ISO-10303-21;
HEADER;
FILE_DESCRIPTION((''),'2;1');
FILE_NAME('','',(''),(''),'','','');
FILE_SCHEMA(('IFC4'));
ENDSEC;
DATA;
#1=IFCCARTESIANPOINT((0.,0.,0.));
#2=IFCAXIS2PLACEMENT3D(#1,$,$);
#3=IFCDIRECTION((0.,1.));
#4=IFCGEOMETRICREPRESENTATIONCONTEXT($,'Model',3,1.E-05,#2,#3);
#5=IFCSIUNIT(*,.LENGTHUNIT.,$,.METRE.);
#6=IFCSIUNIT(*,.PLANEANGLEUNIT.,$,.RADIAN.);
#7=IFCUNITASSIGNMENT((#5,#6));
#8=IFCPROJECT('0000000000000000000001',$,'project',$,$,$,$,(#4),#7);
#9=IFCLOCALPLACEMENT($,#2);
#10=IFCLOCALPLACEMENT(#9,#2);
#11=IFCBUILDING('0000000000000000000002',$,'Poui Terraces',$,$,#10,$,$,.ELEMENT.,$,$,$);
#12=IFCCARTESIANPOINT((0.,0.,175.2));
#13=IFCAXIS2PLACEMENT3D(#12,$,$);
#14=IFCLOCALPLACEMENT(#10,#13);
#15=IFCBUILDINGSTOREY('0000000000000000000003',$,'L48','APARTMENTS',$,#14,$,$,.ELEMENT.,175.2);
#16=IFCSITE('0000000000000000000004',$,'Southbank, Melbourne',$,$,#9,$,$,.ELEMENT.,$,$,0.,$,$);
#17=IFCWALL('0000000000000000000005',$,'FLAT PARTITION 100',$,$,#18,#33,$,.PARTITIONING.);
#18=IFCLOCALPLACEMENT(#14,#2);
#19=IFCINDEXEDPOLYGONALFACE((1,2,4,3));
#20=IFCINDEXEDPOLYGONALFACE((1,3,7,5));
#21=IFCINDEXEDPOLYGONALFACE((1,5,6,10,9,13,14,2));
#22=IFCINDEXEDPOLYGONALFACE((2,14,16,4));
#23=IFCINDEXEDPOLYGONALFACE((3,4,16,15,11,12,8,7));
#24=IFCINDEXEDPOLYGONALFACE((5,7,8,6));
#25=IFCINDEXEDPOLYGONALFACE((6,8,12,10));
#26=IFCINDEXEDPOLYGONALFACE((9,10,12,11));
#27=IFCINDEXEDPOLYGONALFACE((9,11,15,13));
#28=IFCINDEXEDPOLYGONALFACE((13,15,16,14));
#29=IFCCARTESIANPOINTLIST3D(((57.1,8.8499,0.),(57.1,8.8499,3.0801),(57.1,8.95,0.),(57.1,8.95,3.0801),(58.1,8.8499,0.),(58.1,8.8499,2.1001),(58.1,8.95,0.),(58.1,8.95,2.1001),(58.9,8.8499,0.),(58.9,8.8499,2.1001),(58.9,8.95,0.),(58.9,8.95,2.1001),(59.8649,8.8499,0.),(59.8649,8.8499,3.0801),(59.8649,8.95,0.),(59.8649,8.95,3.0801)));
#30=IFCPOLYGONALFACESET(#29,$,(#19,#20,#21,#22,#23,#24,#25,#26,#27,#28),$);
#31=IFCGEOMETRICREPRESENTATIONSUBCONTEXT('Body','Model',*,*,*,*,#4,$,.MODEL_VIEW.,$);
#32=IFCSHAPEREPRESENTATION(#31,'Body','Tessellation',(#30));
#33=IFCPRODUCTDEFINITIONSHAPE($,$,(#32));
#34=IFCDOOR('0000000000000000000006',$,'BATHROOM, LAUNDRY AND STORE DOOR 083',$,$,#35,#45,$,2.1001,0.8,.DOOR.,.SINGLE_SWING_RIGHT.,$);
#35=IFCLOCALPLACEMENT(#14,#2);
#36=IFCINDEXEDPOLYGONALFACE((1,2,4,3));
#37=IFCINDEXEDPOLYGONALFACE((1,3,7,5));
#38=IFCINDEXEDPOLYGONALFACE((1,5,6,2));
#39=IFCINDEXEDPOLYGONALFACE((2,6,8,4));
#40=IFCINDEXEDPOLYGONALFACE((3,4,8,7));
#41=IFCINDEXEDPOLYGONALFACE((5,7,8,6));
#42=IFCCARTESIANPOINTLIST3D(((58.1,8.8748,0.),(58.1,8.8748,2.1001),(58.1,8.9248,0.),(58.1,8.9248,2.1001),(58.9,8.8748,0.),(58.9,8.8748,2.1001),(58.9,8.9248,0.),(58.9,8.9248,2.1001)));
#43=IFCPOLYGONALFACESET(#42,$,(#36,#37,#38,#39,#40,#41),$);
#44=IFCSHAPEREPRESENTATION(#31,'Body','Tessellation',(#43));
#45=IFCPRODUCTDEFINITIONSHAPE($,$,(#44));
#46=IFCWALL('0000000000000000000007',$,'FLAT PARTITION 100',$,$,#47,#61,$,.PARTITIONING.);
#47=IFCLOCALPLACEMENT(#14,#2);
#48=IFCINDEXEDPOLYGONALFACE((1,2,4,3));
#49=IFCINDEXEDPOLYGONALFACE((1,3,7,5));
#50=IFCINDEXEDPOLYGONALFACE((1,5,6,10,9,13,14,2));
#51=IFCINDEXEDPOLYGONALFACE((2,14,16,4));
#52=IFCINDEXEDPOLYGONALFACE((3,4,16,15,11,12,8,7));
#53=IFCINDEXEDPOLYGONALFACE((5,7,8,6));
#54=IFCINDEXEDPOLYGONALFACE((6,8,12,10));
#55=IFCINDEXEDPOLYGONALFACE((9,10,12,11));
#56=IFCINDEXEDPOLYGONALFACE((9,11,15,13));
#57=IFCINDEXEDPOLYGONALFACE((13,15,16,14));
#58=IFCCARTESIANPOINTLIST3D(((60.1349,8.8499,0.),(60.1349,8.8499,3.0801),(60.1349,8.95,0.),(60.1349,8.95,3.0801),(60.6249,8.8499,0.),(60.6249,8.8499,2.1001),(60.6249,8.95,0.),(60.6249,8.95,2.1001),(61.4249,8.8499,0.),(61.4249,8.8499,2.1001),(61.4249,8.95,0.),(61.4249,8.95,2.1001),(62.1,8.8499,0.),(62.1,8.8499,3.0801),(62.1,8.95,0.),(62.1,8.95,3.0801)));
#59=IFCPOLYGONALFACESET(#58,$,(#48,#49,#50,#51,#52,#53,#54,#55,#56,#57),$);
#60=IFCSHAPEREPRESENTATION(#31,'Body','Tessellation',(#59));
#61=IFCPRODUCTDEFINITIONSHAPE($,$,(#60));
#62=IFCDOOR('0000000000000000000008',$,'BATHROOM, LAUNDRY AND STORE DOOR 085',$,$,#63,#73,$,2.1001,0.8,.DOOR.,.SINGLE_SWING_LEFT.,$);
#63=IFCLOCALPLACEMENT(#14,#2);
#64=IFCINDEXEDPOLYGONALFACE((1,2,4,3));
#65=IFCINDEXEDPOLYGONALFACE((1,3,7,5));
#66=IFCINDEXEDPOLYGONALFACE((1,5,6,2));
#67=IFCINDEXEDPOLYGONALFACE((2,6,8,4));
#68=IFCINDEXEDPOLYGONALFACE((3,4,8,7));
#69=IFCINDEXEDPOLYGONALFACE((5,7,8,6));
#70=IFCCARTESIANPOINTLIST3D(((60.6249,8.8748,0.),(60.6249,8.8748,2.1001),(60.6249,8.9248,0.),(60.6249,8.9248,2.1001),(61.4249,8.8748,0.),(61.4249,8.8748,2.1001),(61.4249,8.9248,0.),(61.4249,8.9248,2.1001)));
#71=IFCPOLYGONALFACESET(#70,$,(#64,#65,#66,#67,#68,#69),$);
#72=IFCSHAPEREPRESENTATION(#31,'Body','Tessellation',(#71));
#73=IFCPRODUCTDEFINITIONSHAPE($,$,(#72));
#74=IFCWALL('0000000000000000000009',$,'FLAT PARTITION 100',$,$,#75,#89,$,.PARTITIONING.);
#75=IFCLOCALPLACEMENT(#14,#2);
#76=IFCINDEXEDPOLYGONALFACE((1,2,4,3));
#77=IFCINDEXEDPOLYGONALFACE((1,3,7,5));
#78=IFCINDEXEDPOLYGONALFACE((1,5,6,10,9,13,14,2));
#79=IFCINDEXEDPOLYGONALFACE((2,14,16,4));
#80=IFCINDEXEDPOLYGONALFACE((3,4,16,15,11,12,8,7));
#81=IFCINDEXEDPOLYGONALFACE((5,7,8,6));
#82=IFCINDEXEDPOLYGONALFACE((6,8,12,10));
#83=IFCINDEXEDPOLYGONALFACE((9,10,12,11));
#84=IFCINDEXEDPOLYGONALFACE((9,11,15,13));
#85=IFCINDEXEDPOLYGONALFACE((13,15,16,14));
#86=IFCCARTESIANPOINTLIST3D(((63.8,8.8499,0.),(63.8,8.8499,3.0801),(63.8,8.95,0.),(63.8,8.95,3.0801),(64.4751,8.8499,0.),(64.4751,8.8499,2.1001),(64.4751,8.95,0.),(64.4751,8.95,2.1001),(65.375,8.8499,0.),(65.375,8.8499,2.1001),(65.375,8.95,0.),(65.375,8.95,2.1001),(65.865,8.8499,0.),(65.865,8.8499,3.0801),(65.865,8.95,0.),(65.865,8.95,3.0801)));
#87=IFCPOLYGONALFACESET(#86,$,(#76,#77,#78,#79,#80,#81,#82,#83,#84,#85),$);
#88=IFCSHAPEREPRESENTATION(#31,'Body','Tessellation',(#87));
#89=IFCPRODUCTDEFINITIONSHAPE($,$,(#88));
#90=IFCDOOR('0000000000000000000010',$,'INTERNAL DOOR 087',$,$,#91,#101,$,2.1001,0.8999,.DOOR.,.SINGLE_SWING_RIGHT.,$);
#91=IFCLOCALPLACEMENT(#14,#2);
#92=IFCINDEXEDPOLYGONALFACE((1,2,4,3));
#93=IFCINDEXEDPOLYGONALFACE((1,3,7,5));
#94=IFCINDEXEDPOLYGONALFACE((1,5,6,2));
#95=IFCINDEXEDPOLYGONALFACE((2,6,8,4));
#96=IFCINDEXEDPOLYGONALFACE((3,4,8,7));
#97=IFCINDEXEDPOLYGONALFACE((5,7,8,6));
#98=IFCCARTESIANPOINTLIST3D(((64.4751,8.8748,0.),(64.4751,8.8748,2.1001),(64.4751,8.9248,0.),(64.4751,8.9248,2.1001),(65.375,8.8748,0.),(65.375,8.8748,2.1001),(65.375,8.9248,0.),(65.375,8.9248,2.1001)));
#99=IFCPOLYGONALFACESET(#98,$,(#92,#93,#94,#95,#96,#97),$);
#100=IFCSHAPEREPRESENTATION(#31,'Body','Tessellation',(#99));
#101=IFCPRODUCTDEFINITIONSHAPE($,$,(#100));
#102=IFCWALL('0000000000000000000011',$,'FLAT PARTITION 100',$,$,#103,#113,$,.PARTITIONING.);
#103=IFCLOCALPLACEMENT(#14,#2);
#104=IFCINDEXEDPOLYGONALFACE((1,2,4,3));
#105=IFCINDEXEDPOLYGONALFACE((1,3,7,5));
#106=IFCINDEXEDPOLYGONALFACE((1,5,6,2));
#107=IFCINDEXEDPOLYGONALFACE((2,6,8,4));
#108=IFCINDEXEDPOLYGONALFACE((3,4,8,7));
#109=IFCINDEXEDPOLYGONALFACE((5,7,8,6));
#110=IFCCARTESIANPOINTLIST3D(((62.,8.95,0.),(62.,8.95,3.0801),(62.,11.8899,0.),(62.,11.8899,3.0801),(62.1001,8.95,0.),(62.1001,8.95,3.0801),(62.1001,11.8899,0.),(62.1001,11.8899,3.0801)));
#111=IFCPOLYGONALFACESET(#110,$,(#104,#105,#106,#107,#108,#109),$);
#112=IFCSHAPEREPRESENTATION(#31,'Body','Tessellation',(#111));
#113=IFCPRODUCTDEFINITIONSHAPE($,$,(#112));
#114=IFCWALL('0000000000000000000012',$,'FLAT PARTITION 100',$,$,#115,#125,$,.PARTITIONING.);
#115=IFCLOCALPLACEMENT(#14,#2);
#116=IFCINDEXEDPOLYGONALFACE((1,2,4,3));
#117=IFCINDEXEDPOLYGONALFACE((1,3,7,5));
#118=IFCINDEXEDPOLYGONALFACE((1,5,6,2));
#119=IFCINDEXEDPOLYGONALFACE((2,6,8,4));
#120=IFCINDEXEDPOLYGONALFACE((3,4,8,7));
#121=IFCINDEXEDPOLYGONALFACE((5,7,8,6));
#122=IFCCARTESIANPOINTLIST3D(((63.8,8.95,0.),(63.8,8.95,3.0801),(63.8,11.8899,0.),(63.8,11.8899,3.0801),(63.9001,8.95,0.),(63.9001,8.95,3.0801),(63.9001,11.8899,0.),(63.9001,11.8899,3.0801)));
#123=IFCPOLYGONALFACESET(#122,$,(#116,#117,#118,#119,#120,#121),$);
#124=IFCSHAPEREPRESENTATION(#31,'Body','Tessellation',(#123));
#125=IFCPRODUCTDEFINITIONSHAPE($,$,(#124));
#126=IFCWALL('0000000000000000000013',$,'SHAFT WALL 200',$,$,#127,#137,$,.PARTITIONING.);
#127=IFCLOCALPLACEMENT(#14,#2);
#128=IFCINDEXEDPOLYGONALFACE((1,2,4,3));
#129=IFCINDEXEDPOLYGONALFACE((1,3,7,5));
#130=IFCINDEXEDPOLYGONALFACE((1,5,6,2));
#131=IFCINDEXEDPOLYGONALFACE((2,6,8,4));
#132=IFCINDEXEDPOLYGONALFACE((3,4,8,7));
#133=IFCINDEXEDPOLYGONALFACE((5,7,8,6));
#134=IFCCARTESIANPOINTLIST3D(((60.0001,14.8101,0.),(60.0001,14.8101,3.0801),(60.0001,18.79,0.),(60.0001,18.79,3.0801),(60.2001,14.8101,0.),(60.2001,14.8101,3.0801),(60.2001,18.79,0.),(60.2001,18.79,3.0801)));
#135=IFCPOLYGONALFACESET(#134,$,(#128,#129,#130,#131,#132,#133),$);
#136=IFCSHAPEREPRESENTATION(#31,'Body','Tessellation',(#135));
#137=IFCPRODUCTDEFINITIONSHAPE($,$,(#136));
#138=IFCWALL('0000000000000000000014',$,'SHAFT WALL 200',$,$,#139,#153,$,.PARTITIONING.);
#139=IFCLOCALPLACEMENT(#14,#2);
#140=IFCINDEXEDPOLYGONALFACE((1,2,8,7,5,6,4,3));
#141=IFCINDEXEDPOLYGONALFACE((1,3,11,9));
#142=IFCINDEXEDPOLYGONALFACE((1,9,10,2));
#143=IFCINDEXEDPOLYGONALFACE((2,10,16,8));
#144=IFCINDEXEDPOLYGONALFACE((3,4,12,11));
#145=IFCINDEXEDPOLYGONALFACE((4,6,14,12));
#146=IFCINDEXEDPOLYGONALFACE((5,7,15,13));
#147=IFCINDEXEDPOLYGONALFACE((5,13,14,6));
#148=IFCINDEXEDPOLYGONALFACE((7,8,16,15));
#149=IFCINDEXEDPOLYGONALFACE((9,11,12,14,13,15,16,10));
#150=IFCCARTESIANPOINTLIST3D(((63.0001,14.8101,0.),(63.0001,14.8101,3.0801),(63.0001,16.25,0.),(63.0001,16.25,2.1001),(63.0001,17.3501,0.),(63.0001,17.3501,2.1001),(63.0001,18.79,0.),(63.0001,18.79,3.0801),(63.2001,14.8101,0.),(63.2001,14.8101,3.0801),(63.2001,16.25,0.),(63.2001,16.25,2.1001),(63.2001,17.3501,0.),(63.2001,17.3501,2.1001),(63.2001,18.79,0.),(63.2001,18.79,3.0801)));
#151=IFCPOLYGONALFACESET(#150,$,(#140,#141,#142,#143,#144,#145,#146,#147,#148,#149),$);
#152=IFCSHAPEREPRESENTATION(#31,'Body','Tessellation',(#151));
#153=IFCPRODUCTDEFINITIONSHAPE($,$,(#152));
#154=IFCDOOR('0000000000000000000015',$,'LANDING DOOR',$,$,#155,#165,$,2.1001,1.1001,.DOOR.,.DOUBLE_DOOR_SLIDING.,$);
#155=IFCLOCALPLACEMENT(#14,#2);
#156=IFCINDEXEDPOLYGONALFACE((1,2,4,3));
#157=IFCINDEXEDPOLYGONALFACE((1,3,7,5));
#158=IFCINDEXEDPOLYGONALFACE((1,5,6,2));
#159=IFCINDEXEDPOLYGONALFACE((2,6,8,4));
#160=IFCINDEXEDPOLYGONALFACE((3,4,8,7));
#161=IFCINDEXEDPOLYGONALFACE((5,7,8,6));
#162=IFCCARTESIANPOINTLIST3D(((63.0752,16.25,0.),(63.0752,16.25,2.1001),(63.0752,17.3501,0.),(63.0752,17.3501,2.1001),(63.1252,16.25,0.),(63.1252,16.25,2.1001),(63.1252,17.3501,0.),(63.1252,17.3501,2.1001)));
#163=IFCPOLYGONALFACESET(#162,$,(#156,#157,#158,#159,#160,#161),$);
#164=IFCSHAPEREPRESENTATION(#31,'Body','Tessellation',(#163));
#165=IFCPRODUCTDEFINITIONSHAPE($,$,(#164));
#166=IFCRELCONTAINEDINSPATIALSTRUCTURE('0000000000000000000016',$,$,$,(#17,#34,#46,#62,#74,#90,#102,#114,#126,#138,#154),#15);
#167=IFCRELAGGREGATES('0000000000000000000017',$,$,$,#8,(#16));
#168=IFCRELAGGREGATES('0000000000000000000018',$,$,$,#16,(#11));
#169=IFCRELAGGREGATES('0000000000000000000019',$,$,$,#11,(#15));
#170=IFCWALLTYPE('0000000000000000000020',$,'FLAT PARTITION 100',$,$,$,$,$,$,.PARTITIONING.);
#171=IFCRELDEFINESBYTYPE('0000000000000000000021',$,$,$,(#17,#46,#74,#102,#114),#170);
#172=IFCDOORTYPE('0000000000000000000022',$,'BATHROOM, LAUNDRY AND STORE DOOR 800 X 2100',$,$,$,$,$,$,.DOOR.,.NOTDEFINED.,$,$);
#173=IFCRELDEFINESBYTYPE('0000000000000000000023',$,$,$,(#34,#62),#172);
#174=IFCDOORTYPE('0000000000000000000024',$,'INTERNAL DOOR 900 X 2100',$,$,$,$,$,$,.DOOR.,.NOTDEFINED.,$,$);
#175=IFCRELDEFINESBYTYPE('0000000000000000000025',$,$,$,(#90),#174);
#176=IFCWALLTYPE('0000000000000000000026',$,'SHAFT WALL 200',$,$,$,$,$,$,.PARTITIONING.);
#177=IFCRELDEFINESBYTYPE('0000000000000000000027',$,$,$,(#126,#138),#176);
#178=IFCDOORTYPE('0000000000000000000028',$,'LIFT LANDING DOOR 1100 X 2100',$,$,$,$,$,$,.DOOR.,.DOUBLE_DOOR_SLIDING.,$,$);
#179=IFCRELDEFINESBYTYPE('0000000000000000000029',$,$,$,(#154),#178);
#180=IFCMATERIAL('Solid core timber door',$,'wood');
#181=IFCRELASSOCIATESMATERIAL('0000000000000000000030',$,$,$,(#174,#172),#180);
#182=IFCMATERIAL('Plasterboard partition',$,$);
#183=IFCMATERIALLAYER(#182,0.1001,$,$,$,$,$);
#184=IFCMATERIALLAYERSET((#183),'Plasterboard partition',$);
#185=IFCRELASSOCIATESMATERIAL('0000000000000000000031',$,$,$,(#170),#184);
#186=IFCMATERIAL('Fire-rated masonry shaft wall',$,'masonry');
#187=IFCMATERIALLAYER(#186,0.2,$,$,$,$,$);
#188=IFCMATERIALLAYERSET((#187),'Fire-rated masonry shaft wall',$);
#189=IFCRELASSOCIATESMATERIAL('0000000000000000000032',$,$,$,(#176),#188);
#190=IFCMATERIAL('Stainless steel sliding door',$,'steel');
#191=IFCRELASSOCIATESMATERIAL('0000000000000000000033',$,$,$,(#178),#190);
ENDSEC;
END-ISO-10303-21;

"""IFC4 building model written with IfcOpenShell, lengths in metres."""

from ifc_helpers import new_model, si_unit, direction, frame, frame_2d, origin, place, context, subcontext, project, spatial, rectangle, extrude, material, layer, layer_set, type_object, element, fill, save


model = new_model("IFC4")

# Units and contexts
model_context = context("Model", 3, precision=1e-05, world=origin(), true_north=direction((0.0, 1.0)))
body_context = subcontext(model_context, "Body", "Model", "MODEL_VIEW")
ifc_project = project(units=[si_unit("LENGTHUNIT", "METRE"), si_unit("PLANEANGLEUNIT", "RADIAN")], contexts=[model_context])

# Site, building, storey
site_placement = place(None, origin())
site = spatial("IfcSite", under=ifc_project, at=site_placement, Name="Southbank, Melbourne", CompositionType="ELEMENT", RefElevation=0.0)
building_placement = place(site_placement, origin())
building = spatial("IfcBuilding", under=site, at=building_placement, Name="Poui Terraces", CompositionType="ELEMENT")
storey_placement = place(building_placement, frame((0.0, 0.0, 175.2)))
storey = spatial("IfcBuildingStorey", under=building, at=storey_placement, Name="L48", Description="APARTMENTS", CompositionType="ELEMENT", Elevation=175.2)

# Shared definitions
ifc_material_1 = material(Name="Solid core timber door", Category="wood")
door_type_1 = type_object("IfcDoorType", Name="INTERNAL DOOR 900 X 2100", OperationType="NOTDEFINED", PredefinedType="DOOR", material=ifc_material_1)

# Shared definitions
ifc_material_2 = material(Name="Plasterboard partition")
ifc_layer_1 = layer(ifc_material_2, 0.1001)
ifc_layer_set_1 = layer_set([ifc_layer_1], Name="Plasterboard partition")
wall_type_1 = type_object("IfcWallType", Name="FLAT PARTITION 100", PredefinedType="PARTITIONING", material=ifc_layer_set_1)

# Walls, openings, doors
wall_1_placement = place(storey_placement, frame((57.1001, 8.8999, 0.0), z_axis=(0.0, 0.0, 1.0), x_axis=(1.0, 0.0, 0.0)))
wall_1 = element("IfcWall", 1, at=wall_1_placement, inside=storey, type_object=wall_type_1, Name="FLAT PARTITION 100", PredefinedType="PARTITIONING", context=body_context, shape_type="SweptSolid", body=[
    extrude(rectangle(XDim=2.7649, YDim=0.1001, at=frame_2d((1.3823, 0.0))), origin(), (0.0, 0.0, 1.0), 3.0801),
])
opening_1_placement = place(wall_1_placement, frame((1.0, 0.0, 0.0)))
opening_1 = element("IfcOpeningElement", 2, at=opening_1_placement, cuts=wall_1, PredefinedType="OPENING", context=body_context, shape_type="SweptSolid", body=[
    extrude(rectangle(XDim=0.8, YDim=2.1001, at=frame_2d((0.3999, 1.05))), frame((0.0, 0.0601, 0.0), z_axis=(0.0, -1.0, 0.0), x_axis=(1.0, 0.0, 0.0)), (0.0, 0.0, 1.0), 0.1201),
])
door_type_2 = type_object("IfcDoorType", Name="BATHROOM, LAUNDRY AND STORE DOOR 800 X 2100", OperationType="NOTDEFINED", PredefinedType="DOOR", material=ifc_material_1)
door_1_placement = place(opening_1_placement, origin())
door_1 = element("IfcDoor", 3, at=door_1_placement, inside=storey, type_object=door_type_2, Name="BATHROOM, LAUNDRY AND STORE DOOR 083", OperationType="SINGLE_SWING_RIGHT", OverallHeight=2.1001, OverallWidth=0.8, PredefinedType="DOOR", context=body_context, shape_type="SweptSolid", body=[
    extrude(rectangle(XDim=0.8, YDim=2.1001, at=frame_2d((0.3999, 1.05))), frame((0.0, 0.0249, 0.0), z_axis=(0.0, -1.0, 0.0), x_axis=(1.0, 0.0, 0.0)), (0.0, 0.0, 1.0), 0.05),
])
fill(opening_1, door_1)
wall_2_placement = place(storey_placement, frame((60.135, 8.8999, 0.0), z_axis=(0.0, 0.0, 1.0), x_axis=(1.0, 0.0, 0.0)))
wall_2 = element("IfcWall", 4, at=wall_2_placement, inside=storey, type_object=wall_type_1, Name="FLAT PARTITION 100", PredefinedType="PARTITIONING", context=body_context, shape_type="SweptSolid", body=[
    extrude(rectangle(XDim=1.9651, YDim=0.1001, at=frame_2d((0.9824, 0.0))), origin(), (0.0, 0.0, 1.0), 3.0801),
])
opening_2_placement = place(wall_2_placement, frame((0.49, 0.0, 0.0)))
opening_2 = element("IfcOpeningElement", 5, at=opening_2_placement, cuts=wall_2, PredefinedType="OPENING", context=body_context, shape_type="SweptSolid", body=[
    extrude(rectangle(XDim=0.8, YDim=2.1001, at=frame_2d((0.3999, 1.05))), frame((0.0, 0.0601, 0.0), z_axis=(0.0, -1.0, 0.0), x_axis=(1.0, 0.0, 0.0)), (0.0, 0.0, 1.0), 0.1201),
])
door_2_placement = place(opening_2_placement, origin())
door_2 = element("IfcDoor", 6, at=door_2_placement, inside=storey, type_object=door_type_2, Name="BATHROOM, LAUNDRY AND STORE DOOR 085", OperationType="SINGLE_SWING_LEFT", OverallHeight=2.1001, OverallWidth=0.8, PredefinedType="DOOR", context=body_context, shape_type="SweptSolid", body=[
    extrude(rectangle(XDim=0.8, YDim=2.1001, at=frame_2d((0.3999, 1.05))), frame((0.0, 0.0249, 0.0), z_axis=(0.0, -1.0, 0.0), x_axis=(1.0, 0.0, 0.0)), (0.0, 0.0, 1.0), 0.05),
])
fill(opening_2, door_2)
wall_3_placement = place(storey_placement, frame((63.8, 8.8999, 0.0), z_axis=(0.0, 0.0, 1.0), x_axis=(1.0, 0.0, 0.0)))
wall_3 = element("IfcWall", 7, at=wall_3_placement, inside=storey, type_object=wall_type_1, Name="FLAT PARTITION 100", PredefinedType="PARTITIONING", context=body_context, shape_type="SweptSolid", body=[
    extrude(rectangle(XDim=2.0649, YDim=0.1001, at=frame_2d((1.0325, 0.0))), origin(), (0.0, 0.0, 1.0), 3.0801),
])
opening_3_placement = place(wall_3_placement, frame((0.675, 0.0, 0.0)))
opening_3 = element("IfcOpeningElement", 8, at=opening_3_placement, cuts=wall_3, PredefinedType="OPENING", context=body_context, shape_type="SweptSolid", body=[
    extrude(rectangle(XDim=0.8999, YDim=2.1001, at=frame_2d((0.45, 1.05))), frame((0.0, 0.0601, 0.0), z_axis=(0.0, -1.0, 0.0), x_axis=(1.0, 0.0, 0.0)), (0.0, 0.0, 1.0), 0.1201),
])
door_3_placement = place(opening_3_placement, origin())
door_3 = element("IfcDoor", 9, at=door_3_placement, inside=storey, type_object=door_type_1, Name="INTERNAL DOOR 087", OperationType="SINGLE_SWING_RIGHT", OverallHeight=2.1001, OverallWidth=0.8999, PredefinedType="DOOR", context=body_context, shape_type="SweptSolid", body=[
    extrude(rectangle(XDim=0.8999, YDim=2.1001, at=frame_2d((0.45, 1.05))), frame((0.0, 0.0249, 0.0), z_axis=(0.0, -1.0, 0.0), x_axis=(1.0, 0.0, 0.0)), (0.0, 0.0, 1.0), 0.05),
])
fill(opening_3, door_3)

# Walls
for number, where, z_axis, x_axis, name in (
    (10, (62.05, 8.95, 0.0), (0.0, 0.0, 1.0), (0.0, 1.0, 0.0), "FLAT PARTITION 100"),
    (11, (63.8501, 8.95, 0.0), (0.0, 0.0, 1.0), (0.0, 1.0, 0.0), "FLAT PARTITION 100"),
):
    element("IfcWall", number, at=place(storey_placement, frame(where, z_axis=z_axis, x_axis=x_axis)), inside=storey, type_object=wall_type_1, Name=name, PredefinedType="PARTITIONING", context=body_context, shape_type="SweptSolid", body=[
        extrude(rectangle(XDim=2.9399, YDim=0.1001, at=frame_2d((1.47, 0.0))), origin(), (0.0, 0.0, 1.0), 3.0801),
    ])
ifc_material_3 = material(Name="Fire-rated masonry shaft wall", Category="masonry")
ifc_layer_2 = layer(ifc_material_3, 0.2)
ifc_layer_set_2 = layer_set([ifc_layer_2], Name="Fire-rated masonry shaft wall")
wall_type_2 = type_object("IfcWallType", Name="SHAFT WALL 200", PredefinedType="PARTITIONING", material=ifc_layer_set_2)
wall_4_placement = place(storey_placement, frame((60.1001, 14.8101, 0.0), z_axis=(0.0, 0.0, 1.0), x_axis=(0.0, 1.0, 0.0)))
element("IfcWall", 12, at=wall_4_placement, inside=storey, type_object=wall_type_2, Name="SHAFT WALL 200", PredefinedType="PARTITIONING", context=body_context, shape_type="SweptSolid", body=[
    extrude(rectangle(XDim=3.98, YDim=0.2, at=frame_2d((1.99, 0.0))), origin(), (0.0, 0.0, 1.0), 3.0801),
])

# Wall, opening, door
wall_5_placement = place(storey_placement, frame((63.1001, 14.8101, 0.0), z_axis=(0.0, 0.0, 1.0), x_axis=(0.0, 1.0, 0.0)))
wall_5 = element("IfcWall", 13, at=wall_5_placement, inside=storey, type_object=wall_type_2, Name="SHAFT WALL 200", PredefinedType="PARTITIONING", context=body_context, shape_type="SweptSolid", body=[
    extrude(rectangle(XDim=3.98, YDim=0.2, at=frame_2d((1.99, 0.0))), origin(), (0.0, 0.0, 1.0), 3.0801),
])
opening_4_placement = place(wall_5_placement, frame((1.4399, 0.0, 0.0)))
opening_4 = element("IfcOpeningElement", 14, at=opening_4_placement, cuts=wall_5, PredefinedType="OPENING", context=body_context, shape_type="SweptSolid", body=[
    extrude(rectangle(XDim=1.1001, YDim=2.1001, at=frame_2d((0.55, 1.05))), frame((0.0, 0.1099, 0.0), z_axis=(0.0, -1.0, 0.0), x_axis=(1.0, 0.0, 0.0)), (0.0, 0.0, 1.0), 0.22),
])
ifc_material_4 = material(Name="Stainless steel sliding door", Category="steel")
door_type_3 = type_object("IfcDoorType", Name="LIFT LANDING DOOR 1100 X 2100", OperationType="DOUBLE_DOOR_SLIDING", PredefinedType="DOOR", material=ifc_material_4)
door_4_placement = place(opening_4_placement, origin())
door_4 = element("IfcDoor", 15, at=door_4_placement, inside=storey, type_object=door_type_3, Name="LANDING DOOR", OperationType="DOUBLE_DOOR_SLIDING", OverallHeight=2.1001, OverallWidth=1.1001, PredefinedType="DOOR", context=body_context, shape_type="SweptSolid", body=[
    extrude(rectangle(XDim=1.1001, YDim=2.1001, at=frame_2d((0.55, 1.05))), frame((0.0, 0.0249, 0.0), z_axis=(0.0, -1.0, 0.0), x_axis=(1.0, 0.0, 0.0)), (0.0, 0.0, 1.0), 0.05),
])
fill(opening_4, door_4)

save(model, "model.ifc")
